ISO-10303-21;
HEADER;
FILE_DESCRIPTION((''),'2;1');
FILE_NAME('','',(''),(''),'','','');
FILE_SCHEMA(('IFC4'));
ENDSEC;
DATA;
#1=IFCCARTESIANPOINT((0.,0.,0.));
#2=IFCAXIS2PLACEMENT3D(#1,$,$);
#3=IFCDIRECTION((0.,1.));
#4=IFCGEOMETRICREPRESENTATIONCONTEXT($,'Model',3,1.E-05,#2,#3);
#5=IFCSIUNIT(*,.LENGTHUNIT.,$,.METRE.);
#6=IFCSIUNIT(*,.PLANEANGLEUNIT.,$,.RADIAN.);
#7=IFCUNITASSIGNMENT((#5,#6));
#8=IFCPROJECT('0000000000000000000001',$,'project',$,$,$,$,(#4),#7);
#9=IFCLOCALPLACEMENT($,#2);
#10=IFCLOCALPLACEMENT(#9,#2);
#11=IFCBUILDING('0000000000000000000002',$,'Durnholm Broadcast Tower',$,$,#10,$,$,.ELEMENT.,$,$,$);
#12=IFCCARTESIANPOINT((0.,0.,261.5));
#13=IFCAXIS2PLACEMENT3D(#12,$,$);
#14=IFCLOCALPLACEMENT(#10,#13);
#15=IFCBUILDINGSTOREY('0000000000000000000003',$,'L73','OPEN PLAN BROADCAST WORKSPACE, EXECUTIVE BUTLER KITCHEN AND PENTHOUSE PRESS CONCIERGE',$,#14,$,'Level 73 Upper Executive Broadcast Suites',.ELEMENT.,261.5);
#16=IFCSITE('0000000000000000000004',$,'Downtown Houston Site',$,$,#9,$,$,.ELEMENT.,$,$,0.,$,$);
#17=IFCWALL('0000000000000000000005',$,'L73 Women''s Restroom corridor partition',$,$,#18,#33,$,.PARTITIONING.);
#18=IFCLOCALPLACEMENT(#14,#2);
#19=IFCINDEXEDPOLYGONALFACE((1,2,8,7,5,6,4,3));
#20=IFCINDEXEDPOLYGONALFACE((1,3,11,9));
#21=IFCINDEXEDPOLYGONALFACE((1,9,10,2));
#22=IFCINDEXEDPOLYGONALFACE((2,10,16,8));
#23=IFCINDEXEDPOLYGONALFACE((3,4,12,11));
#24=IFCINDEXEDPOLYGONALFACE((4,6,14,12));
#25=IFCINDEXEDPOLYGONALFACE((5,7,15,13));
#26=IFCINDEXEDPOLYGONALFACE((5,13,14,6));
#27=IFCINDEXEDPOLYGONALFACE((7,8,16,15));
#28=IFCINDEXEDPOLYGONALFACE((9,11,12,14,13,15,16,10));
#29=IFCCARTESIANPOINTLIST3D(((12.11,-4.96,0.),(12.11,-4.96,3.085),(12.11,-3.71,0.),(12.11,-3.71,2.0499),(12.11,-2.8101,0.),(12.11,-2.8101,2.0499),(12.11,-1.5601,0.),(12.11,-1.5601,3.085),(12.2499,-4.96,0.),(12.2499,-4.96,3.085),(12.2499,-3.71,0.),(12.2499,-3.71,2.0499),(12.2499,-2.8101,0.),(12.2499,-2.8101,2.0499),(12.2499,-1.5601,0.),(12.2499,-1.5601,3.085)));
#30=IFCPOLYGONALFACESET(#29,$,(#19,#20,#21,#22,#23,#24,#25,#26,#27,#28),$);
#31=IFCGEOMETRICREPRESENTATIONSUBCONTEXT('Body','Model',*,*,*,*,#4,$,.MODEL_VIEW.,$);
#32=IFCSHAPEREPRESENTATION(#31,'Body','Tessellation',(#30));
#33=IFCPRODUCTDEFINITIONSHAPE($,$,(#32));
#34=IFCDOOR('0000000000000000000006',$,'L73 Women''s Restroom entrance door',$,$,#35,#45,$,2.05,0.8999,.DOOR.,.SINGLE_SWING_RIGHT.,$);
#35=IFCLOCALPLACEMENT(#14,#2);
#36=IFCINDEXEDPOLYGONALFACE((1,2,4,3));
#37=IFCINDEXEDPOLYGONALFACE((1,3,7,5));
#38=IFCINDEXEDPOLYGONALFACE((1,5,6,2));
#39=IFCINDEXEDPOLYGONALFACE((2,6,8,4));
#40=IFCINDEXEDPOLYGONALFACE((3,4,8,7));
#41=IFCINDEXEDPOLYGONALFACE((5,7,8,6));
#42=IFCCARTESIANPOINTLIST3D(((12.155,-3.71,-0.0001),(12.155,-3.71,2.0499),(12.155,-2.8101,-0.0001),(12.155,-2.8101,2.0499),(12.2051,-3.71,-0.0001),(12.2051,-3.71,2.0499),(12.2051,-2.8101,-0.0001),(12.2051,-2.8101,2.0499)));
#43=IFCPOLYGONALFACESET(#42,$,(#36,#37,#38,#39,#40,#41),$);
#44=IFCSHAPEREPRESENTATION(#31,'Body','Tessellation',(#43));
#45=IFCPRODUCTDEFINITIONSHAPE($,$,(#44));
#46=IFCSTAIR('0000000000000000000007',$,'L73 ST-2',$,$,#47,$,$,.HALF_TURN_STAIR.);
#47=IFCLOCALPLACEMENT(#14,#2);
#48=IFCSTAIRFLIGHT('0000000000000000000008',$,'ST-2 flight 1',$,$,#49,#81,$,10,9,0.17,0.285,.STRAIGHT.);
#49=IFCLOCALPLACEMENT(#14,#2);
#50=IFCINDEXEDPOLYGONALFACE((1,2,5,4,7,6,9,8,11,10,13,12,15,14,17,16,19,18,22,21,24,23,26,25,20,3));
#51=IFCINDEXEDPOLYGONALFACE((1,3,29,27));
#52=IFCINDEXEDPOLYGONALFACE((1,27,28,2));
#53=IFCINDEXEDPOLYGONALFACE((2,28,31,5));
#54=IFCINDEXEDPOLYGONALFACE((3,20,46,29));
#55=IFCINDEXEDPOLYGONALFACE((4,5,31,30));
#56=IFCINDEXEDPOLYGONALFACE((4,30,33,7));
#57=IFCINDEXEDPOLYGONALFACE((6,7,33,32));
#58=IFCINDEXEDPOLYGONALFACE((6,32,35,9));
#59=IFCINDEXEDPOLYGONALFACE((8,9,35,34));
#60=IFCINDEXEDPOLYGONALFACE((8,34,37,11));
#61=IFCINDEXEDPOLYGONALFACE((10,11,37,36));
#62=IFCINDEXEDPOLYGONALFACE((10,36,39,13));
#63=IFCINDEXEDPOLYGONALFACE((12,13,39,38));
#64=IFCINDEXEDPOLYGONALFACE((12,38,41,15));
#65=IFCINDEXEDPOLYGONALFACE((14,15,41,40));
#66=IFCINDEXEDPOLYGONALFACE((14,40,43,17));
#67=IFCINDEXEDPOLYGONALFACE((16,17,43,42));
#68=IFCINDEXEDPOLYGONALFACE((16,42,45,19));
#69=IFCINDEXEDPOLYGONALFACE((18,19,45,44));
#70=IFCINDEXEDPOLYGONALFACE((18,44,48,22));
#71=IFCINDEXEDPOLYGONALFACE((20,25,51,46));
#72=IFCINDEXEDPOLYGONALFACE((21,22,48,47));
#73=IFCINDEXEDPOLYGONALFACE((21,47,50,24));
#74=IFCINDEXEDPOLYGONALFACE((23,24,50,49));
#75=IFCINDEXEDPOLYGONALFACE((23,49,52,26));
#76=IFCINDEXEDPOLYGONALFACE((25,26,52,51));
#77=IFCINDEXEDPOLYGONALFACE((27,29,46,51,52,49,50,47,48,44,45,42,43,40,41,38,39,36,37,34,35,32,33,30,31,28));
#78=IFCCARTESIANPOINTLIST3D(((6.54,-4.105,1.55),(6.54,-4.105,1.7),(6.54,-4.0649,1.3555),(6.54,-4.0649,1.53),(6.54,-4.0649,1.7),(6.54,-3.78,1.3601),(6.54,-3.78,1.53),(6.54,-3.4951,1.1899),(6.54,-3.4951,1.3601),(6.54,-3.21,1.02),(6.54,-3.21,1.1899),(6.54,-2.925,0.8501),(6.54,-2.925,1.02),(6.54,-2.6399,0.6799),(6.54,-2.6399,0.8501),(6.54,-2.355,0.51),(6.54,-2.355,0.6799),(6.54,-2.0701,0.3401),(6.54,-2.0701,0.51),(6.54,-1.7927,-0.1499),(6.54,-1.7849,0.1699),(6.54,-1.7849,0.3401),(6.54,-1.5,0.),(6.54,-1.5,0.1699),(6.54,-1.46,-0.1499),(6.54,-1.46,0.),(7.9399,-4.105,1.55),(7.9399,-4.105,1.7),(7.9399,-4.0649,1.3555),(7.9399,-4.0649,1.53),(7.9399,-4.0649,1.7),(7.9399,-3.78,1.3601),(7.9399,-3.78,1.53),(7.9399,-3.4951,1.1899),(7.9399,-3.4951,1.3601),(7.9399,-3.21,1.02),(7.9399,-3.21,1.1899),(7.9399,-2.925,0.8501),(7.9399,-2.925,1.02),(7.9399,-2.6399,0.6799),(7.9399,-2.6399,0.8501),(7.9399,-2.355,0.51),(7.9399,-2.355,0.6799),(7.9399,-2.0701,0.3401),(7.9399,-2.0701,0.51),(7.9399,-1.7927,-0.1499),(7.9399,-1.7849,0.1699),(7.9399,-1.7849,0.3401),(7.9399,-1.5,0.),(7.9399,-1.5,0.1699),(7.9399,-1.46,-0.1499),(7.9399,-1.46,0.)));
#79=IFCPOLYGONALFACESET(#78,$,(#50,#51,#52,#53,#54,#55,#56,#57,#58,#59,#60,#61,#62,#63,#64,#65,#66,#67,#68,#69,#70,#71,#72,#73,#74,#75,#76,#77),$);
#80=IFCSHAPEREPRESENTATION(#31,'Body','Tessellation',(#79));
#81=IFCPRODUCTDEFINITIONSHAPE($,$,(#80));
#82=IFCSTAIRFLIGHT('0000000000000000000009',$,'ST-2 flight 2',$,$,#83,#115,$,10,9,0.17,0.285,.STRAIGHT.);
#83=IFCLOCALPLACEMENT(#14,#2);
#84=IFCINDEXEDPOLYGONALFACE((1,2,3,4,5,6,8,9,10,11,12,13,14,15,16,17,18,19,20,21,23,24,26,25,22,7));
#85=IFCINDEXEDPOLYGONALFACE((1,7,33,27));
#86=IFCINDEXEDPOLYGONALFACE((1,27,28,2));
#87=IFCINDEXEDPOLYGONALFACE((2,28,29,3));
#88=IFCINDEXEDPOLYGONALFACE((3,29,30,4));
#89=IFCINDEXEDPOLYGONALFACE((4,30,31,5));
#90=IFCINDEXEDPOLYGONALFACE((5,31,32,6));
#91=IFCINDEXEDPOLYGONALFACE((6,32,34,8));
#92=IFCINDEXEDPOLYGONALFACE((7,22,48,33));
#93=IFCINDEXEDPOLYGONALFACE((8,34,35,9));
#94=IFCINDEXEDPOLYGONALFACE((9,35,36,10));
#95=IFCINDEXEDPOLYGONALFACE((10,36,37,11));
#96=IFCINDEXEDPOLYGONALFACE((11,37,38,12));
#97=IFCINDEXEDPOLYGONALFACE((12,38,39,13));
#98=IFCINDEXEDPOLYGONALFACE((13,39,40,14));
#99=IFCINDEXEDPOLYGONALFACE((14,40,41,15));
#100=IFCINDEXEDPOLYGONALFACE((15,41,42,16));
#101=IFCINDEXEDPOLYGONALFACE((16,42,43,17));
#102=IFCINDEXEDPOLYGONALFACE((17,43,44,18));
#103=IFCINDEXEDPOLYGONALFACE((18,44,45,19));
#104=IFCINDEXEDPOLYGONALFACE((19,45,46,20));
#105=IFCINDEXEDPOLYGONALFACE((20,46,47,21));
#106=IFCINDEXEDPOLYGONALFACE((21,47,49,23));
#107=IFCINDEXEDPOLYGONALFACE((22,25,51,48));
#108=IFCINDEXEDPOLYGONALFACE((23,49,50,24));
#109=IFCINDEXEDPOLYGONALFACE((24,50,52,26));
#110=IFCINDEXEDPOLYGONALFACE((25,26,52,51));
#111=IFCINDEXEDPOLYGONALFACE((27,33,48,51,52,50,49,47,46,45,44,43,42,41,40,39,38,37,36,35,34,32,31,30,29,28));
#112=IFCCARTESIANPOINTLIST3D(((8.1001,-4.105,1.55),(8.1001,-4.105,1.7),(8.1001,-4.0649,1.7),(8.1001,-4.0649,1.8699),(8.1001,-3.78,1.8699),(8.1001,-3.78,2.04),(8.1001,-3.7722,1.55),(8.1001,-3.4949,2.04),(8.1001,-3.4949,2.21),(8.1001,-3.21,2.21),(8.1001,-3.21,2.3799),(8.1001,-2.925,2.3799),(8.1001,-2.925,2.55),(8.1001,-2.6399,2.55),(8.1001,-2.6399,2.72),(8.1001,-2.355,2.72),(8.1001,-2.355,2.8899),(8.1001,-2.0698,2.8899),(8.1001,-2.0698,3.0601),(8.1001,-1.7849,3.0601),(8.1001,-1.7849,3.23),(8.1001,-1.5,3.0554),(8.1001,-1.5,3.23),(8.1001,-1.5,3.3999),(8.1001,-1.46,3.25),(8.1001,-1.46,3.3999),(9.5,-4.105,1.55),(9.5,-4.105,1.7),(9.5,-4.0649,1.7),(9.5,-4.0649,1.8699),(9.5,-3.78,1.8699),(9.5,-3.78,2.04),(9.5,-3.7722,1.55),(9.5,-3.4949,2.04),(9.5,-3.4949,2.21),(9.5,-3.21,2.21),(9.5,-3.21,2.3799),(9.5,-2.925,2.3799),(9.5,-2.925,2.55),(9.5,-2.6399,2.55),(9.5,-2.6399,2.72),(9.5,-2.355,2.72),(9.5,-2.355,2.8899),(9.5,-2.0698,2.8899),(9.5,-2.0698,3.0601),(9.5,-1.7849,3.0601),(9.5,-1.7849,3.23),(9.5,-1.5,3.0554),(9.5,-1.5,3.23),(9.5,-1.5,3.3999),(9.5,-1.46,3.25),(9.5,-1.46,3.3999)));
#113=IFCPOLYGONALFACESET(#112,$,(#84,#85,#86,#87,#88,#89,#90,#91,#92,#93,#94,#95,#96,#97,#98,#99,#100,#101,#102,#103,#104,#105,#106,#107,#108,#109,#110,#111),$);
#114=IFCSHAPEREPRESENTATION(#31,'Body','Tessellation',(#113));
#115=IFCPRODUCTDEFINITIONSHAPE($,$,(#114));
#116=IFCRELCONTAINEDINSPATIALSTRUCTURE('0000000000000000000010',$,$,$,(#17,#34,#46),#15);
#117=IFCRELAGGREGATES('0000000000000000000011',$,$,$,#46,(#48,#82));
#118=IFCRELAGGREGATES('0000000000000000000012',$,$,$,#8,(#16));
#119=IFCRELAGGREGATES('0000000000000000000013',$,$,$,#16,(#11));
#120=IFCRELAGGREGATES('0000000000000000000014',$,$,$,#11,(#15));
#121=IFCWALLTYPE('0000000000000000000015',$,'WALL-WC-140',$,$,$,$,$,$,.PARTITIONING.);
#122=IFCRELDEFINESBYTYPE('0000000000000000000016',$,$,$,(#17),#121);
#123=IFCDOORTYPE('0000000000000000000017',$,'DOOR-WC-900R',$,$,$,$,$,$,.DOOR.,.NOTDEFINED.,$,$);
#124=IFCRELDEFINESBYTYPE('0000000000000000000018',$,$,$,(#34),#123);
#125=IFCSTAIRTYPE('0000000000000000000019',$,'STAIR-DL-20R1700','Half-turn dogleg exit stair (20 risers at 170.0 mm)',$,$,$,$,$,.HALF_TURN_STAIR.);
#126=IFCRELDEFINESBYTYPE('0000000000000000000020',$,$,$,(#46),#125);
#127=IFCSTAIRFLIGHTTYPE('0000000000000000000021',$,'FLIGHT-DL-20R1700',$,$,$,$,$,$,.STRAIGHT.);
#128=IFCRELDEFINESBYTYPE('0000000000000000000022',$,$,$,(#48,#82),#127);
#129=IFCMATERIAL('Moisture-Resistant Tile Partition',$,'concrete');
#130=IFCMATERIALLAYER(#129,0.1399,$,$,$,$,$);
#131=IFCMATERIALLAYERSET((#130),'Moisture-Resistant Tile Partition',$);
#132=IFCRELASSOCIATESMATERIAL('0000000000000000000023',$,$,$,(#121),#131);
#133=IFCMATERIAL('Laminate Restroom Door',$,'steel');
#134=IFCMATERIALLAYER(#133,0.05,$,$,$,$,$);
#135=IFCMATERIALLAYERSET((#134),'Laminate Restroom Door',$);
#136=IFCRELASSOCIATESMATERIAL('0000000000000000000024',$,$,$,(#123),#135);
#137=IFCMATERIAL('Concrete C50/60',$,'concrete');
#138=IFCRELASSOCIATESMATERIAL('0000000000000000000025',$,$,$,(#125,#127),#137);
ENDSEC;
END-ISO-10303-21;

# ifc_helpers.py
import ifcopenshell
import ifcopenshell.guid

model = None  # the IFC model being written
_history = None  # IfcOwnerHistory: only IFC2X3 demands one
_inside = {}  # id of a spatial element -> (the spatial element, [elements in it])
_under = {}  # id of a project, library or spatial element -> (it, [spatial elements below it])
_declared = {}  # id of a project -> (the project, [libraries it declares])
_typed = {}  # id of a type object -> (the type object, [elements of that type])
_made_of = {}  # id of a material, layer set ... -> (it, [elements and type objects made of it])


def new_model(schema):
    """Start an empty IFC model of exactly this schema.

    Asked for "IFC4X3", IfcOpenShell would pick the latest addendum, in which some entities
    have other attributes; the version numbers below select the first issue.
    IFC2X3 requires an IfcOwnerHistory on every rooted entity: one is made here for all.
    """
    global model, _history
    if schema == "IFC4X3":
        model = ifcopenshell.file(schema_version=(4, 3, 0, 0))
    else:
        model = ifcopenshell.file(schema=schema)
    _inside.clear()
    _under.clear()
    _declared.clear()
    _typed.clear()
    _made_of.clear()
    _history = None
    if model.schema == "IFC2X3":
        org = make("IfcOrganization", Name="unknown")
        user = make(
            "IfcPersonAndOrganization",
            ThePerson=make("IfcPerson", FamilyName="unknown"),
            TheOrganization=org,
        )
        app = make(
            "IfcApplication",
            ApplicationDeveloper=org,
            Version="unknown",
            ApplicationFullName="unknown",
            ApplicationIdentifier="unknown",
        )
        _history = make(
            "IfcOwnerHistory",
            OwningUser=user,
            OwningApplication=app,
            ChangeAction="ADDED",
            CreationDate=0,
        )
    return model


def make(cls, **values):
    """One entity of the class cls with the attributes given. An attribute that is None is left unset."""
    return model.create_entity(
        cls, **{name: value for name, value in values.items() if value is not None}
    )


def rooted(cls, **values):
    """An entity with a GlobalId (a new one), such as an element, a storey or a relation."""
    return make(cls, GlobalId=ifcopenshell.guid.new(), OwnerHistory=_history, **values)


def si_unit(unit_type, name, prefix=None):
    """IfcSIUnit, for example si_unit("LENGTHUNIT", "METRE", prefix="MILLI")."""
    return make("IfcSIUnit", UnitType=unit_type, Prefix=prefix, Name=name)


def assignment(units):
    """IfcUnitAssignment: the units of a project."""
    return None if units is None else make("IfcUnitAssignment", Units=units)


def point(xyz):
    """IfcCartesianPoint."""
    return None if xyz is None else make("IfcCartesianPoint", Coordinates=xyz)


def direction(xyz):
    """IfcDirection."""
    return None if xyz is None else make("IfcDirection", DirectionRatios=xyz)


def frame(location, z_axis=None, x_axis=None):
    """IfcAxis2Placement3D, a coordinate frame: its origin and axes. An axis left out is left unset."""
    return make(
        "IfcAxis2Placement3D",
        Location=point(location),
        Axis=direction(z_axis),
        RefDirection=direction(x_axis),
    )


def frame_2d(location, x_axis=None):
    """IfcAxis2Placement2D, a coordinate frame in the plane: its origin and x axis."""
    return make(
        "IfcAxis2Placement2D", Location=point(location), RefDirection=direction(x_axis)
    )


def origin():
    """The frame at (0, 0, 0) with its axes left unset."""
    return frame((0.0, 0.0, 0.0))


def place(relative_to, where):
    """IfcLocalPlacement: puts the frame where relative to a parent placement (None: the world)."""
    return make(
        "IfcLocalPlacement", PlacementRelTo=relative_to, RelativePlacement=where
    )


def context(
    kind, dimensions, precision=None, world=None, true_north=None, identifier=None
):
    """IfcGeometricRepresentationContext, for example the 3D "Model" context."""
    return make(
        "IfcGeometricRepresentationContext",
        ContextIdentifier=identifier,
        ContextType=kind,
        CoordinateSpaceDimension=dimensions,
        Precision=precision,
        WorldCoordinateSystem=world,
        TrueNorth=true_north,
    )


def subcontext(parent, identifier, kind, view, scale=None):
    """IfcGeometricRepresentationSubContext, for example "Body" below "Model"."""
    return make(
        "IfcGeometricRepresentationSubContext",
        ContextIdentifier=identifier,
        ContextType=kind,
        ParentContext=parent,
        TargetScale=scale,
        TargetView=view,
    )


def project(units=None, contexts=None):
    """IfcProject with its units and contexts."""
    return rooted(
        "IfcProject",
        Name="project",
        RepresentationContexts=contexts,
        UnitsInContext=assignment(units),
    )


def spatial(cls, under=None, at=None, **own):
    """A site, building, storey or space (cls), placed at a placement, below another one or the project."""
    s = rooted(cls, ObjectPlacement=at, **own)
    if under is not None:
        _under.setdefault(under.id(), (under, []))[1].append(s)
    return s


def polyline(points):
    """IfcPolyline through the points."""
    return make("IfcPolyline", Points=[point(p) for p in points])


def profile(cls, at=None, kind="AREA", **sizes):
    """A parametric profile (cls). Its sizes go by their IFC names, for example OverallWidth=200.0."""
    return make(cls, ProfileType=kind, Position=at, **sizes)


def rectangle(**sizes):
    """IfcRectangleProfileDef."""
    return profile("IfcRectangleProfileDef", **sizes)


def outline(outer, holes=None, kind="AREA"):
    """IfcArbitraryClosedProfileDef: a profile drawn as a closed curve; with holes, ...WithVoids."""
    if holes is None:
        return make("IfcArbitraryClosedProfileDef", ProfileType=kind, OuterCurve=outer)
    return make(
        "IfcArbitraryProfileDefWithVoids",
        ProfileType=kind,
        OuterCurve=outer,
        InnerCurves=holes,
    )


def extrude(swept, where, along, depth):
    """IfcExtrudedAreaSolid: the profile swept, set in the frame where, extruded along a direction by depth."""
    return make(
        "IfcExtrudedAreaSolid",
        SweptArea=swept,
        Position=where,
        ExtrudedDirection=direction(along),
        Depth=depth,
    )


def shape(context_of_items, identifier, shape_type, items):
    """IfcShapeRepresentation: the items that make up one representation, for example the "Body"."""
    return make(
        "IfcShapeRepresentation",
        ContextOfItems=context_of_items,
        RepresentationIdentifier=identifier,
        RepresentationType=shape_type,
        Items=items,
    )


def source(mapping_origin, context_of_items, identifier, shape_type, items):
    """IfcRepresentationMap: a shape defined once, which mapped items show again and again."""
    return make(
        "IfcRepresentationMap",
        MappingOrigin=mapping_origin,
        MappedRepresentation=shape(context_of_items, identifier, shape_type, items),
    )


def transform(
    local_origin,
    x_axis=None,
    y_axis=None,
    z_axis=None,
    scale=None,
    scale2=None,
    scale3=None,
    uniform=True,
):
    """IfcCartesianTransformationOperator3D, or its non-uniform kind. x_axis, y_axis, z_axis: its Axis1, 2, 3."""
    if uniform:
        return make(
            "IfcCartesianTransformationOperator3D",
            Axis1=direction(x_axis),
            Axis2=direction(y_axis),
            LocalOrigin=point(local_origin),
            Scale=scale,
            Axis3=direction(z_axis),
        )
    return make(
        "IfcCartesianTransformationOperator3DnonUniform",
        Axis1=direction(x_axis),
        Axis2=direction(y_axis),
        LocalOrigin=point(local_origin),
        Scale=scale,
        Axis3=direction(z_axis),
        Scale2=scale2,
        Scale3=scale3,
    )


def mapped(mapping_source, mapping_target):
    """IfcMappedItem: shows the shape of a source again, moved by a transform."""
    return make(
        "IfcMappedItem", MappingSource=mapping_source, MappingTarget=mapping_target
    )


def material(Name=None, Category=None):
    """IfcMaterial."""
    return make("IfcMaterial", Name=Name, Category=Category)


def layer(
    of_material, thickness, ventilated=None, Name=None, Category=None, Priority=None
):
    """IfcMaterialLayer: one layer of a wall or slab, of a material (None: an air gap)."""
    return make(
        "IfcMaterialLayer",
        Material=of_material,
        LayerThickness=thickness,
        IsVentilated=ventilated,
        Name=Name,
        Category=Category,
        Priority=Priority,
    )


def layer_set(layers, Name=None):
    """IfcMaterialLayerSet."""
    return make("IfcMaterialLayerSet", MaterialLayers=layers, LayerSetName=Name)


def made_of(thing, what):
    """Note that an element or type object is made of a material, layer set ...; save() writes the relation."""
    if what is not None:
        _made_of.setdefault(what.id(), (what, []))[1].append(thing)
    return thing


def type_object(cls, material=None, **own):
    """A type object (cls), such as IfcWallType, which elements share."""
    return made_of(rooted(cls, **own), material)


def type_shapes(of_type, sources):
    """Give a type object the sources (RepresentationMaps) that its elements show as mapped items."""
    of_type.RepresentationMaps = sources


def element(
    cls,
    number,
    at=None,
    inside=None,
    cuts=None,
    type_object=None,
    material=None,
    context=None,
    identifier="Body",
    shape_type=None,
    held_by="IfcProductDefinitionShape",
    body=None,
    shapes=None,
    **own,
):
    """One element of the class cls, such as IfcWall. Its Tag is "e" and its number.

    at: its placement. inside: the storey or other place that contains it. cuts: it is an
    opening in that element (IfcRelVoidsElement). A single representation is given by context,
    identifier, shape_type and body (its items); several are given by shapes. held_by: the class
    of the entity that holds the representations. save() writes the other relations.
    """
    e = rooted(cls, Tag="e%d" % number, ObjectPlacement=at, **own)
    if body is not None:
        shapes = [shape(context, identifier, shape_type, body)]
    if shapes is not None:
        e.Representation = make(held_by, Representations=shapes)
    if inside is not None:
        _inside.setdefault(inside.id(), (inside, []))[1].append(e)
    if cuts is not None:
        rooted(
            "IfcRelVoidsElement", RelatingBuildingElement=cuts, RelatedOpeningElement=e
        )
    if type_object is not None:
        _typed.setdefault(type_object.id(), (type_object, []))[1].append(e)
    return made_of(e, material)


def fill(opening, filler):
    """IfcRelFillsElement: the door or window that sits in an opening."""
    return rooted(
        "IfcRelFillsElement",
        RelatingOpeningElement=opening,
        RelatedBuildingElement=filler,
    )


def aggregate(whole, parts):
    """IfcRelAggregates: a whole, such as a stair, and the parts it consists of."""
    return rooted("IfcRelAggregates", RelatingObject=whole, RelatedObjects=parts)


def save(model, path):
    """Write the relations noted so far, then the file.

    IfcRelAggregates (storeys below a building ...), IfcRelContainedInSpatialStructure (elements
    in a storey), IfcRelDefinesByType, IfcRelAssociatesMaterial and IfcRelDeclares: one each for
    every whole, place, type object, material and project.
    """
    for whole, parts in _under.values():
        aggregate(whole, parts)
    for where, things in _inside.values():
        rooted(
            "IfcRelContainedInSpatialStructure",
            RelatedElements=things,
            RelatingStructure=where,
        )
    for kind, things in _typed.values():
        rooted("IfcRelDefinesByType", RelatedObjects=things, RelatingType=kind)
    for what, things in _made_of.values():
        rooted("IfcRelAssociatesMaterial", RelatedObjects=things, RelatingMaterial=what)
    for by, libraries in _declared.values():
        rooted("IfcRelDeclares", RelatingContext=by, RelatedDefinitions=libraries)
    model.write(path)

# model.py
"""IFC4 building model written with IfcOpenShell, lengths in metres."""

from ifc_helpers import new_model, si_unit, direction, frame, frame_2d, origin, place, context, subcontext, project, spatial, polyline, rectangle, outline, extrude, source, transform, mapped, material, layer, layer_set, type_object, type_shapes, element, fill, aggregate, save


model = new_model("IFC4")

# Units and contexts
model_context = context("Model", 3, precision=1e-05, world=origin(), true_north=direction((0.0, 1.0)))
body_context = subcontext(model_context, "Body", "Model", "MODEL_VIEW")
ifc_project = project(units=[si_unit("LENGTHUNIT", "METRE"), si_unit("PLANEANGLEUNIT", "RADIAN")], contexts=[model_context])

# Site, building, storey
site_placement = place(None, origin())
site = spatial("IfcSite", under=ifc_project, at=site_placement, Name="Downtown Houston Site", CompositionType="ELEMENT", RefElevation=0.0)
building_placement = place(site_placement, origin())
building = spatial("IfcBuilding", under=site, at=building_placement, Name="Durnholm Broadcast Tower", CompositionType="ELEMENT")
storey_placement = place(building_placement, frame((0.0, 0.0, 261.5)))
storey = spatial("IfcBuildingStorey", under=building, at=storey_placement, Name="L73", Description="OPEN PLAN BROADCAST WORKSPACE, EXECUTIVE BUTLER KITCHEN AND PENTHOUSE PRESS CONCIERGE", LongName="Level 73 Upper Executive Broadcast Suites", CompositionType="ELEMENT", Elevation=261.5)

# Shared definitions
ifc_material_1 = material(Name="Concrete C50/60", Category="concrete")

# Wall, opening, door
ifc_material_2 = material(Name="Moisture-Resistant Tile Partition", Category="concrete")
ifc_layer_1 = layer(ifc_material_2, 0.1399)
ifc_layer_set_1 = layer_set([ifc_layer_1], Name="Moisture-Resistant Tile Partition")
wall_type_1 = type_object("IfcWallType", Name="WALL-WC-140", PredefinedType="PARTITIONING", material=ifc_layer_set_1)
wall_1_placement = place(storey_placement, frame((12.1799, -4.96, 0.0), z_axis=(0.0, 0.0, 1.0), x_axis=(0.0, 1.0, 0.0)))
wall_1 = element("IfcWall", 1, at=wall_1_placement, inside=storey, type_object=wall_type_1, Name="L73 Women's Restroom corridor partition", PredefinedType="PARTITIONING", context=body_context, shape_type="SweptSolid", body=[
    extrude(rectangle(XDim=3.3999, YDim=0.1399, at=frame_2d((1.7, 0.0))), origin(), (0.0, 0.0, 1.0), 3.085),
])
opening_1_placement = place(wall_1_placement, frame((1.25, 0.0, 0.0)))
opening_1 = element("IfcOpeningElement", 2, at=opening_1_placement, cuts=wall_1, PredefinedType="OPENING", context=body_context, shape_type="SweptSolid", body=[
    extrude(rectangle(XDim=0.8999, YDim=2.05, at=frame_2d((0.45, 1.0249))), frame((0.0, 0.0801, 0.0), z_axis=(0.0, -1.0, 0.0), x_axis=(1.0, 0.0, 0.0)), (0.0, 0.0, 1.0), 0.1599),
])
ifc_material_3 = material(Name="Laminate Restroom Door", Category="steel")
ifc_layer_2 = layer(ifc_material_3, 0.05)
ifc_layer_set_2 = layer_set([ifc_layer_2], Name="Laminate Restroom Door")
door_type_1 = type_object("IfcDoorType", Name="DOOR-WC-900R", OperationType="NOTDEFINED", PredefinedType="DOOR", material=ifc_layer_set_2)
shared_shape_1 = source(origin(), body_context, "Body", "SweptSolid", [
    extrude(rectangle(XDim=0.8999, YDim=2.05, at=frame_2d((0.45, 1.0249))), frame((0.0, 0.0249, 0.0), z_axis=(0.0, -1.0, 0.0), x_axis=(1.0, 0.0, 0.0)), (0.0, 0.0, 1.0), 0.05),
])
type_shapes(door_type_1, [shared_shape_1])
door_1_placement = place(opening_1_placement, origin())
door_1 = element("IfcDoor", 3, at=door_1_placement, inside=storey, type_object=door_type_1, Name="L73 Women's Restroom entrance door", OperationType="SINGLE_SWING_RIGHT", OverallHeight=2.05, OverallWidth=0.8999, PredefinedType="DOOR", context=body_context, shape_type="MappedRepresentation", body=[
    mapped(shared_shape_1, transform((0.0, 0.0, 0.0), x_axis=(1.0, 0.0, 0.0), y_axis=(0.0, 1.0, 0.0), z_axis=(0.0, 0.0, 1.0), scale=1.0)),
])
fill(opening_1, door_1)

# Stair, stair flights
stair_type = type_object("IfcStairType", Name="STAIR-DL-20R1700", Description="Half-turn dogleg exit stair (20 risers at 170.0 mm)", PredefinedType="HALF_TURN_STAIR", material=ifc_material_1)
stair_placement = place(storey_placement, origin())
stair = element("IfcStair", 4, at=stair_placement, inside=storey, type_object=stair_type, Name="L73 ST-2", PredefinedType="HALF_TURN_STAIR")
stair_flight_type = type_object("IfcStairFlightType", Name="FLIGHT-DL-20R1700", PredefinedType="STRAIGHT", material=ifc_material_1)
stair_flight_1_placement = place(storey_placement, frame((7.24, -1.5, 0.0), z_axis=(0.0, 0.0, 1.0), x_axis=(0.0, -1.0, 0.0)))
stair_flight_1 = element("IfcStairFlight", 5, at=stair_flight_1_placement, type_object=stair_flight_type, Name="ST-2 flight 1", NumberOfRisers=10, NumberOfTreads=9, PredefinedType="STRAIGHT", RiserHeight=0.17, TreadLength=0.285, context=body_context, shape_type="SweptSolid", body=[
    extrude(outline(polyline([(-0.04, -0.1499), (-0.04, 0.0), (0.0, 0.0), (0.0, 0.1699), (0.2849, 0.1699), (0.2849, 0.3401), (0.5701, 0.3401), (0.5701, 0.51), (0.855, 0.51), (0.855, 0.6799), (1.1399, 0.6799), (1.1399, 0.8501), (1.425, 0.8501), (1.425, 1.02), (1.71, 1.02), (1.71, 1.1899), (1.9951, 1.1899), (1.9951, 1.3601), (2.28, 1.3601), (2.28, 1.53), (2.5649, 1.53), (2.5649, 1.7), (2.605, 1.7), (2.605, 1.55), (2.5649, 1.3555), (0.2927, -0.1499), (-0.04, -0.1499)])), frame((0.0, 0.7, 0.0), z_axis=(0.0, -1.0, 0.0), x_axis=(1.0, 0.0, 0.0)), (0.0, 0.0, 1.0), 1.3999),
])
stair_flight_2_placement = place(storey_placement, frame((8.8, -4.0649, 1.7), z_axis=(0.0, 0.0, 1.0), x_axis=(0.0, 1.0, 0.0)))
stair_flight_2 = element("IfcStairFlight", 6, at=stair_flight_2_placement, type_object=stair_flight_type, Name="ST-2 flight 2", NumberOfRisers=10, NumberOfTreads=9, PredefinedType="STRAIGHT", RiserHeight=0.17, TreadLength=0.285, context=body_context, shape_type="SweptSolid", body=[
    extrude(outline(polyline([(-0.04, -0.1499), (-0.04, 0.0), (0.0, 0.0), (0.0, 0.1699), (0.2849, 0.1699), (0.2849, 0.3401), (0.5701, 0.3401), (0.5701, 0.51), (0.855, 0.51), (0.855, 0.6799), (1.1399, 0.6799), (1.1399, 0.8501), (1.425, 0.8501), (1.425, 1.02), (1.71, 1.02), (1.71, 1.1899), (1.9951, 1.1899), (1.9951, 1.3601), (2.28, 1.3601), (2.28, 1.53), (2.5649, 1.53), (2.5649, 1.7), (2.605, 1.7), (2.605, 1.55), (2.5649, 1.3555), (0.2927, -0.1499), (-0.04, -0.1499)])), frame((0.0, 0.7, 0.0), z_axis=(0.0, -1.0, 0.0), x_axis=(1.0, 0.0, 0.0)), (0.0, 0.0, 1.0), 1.3999),
])
aggregate(stair, [stair_flight_1, stair_flight_2])

save(model, "model.ifc")
